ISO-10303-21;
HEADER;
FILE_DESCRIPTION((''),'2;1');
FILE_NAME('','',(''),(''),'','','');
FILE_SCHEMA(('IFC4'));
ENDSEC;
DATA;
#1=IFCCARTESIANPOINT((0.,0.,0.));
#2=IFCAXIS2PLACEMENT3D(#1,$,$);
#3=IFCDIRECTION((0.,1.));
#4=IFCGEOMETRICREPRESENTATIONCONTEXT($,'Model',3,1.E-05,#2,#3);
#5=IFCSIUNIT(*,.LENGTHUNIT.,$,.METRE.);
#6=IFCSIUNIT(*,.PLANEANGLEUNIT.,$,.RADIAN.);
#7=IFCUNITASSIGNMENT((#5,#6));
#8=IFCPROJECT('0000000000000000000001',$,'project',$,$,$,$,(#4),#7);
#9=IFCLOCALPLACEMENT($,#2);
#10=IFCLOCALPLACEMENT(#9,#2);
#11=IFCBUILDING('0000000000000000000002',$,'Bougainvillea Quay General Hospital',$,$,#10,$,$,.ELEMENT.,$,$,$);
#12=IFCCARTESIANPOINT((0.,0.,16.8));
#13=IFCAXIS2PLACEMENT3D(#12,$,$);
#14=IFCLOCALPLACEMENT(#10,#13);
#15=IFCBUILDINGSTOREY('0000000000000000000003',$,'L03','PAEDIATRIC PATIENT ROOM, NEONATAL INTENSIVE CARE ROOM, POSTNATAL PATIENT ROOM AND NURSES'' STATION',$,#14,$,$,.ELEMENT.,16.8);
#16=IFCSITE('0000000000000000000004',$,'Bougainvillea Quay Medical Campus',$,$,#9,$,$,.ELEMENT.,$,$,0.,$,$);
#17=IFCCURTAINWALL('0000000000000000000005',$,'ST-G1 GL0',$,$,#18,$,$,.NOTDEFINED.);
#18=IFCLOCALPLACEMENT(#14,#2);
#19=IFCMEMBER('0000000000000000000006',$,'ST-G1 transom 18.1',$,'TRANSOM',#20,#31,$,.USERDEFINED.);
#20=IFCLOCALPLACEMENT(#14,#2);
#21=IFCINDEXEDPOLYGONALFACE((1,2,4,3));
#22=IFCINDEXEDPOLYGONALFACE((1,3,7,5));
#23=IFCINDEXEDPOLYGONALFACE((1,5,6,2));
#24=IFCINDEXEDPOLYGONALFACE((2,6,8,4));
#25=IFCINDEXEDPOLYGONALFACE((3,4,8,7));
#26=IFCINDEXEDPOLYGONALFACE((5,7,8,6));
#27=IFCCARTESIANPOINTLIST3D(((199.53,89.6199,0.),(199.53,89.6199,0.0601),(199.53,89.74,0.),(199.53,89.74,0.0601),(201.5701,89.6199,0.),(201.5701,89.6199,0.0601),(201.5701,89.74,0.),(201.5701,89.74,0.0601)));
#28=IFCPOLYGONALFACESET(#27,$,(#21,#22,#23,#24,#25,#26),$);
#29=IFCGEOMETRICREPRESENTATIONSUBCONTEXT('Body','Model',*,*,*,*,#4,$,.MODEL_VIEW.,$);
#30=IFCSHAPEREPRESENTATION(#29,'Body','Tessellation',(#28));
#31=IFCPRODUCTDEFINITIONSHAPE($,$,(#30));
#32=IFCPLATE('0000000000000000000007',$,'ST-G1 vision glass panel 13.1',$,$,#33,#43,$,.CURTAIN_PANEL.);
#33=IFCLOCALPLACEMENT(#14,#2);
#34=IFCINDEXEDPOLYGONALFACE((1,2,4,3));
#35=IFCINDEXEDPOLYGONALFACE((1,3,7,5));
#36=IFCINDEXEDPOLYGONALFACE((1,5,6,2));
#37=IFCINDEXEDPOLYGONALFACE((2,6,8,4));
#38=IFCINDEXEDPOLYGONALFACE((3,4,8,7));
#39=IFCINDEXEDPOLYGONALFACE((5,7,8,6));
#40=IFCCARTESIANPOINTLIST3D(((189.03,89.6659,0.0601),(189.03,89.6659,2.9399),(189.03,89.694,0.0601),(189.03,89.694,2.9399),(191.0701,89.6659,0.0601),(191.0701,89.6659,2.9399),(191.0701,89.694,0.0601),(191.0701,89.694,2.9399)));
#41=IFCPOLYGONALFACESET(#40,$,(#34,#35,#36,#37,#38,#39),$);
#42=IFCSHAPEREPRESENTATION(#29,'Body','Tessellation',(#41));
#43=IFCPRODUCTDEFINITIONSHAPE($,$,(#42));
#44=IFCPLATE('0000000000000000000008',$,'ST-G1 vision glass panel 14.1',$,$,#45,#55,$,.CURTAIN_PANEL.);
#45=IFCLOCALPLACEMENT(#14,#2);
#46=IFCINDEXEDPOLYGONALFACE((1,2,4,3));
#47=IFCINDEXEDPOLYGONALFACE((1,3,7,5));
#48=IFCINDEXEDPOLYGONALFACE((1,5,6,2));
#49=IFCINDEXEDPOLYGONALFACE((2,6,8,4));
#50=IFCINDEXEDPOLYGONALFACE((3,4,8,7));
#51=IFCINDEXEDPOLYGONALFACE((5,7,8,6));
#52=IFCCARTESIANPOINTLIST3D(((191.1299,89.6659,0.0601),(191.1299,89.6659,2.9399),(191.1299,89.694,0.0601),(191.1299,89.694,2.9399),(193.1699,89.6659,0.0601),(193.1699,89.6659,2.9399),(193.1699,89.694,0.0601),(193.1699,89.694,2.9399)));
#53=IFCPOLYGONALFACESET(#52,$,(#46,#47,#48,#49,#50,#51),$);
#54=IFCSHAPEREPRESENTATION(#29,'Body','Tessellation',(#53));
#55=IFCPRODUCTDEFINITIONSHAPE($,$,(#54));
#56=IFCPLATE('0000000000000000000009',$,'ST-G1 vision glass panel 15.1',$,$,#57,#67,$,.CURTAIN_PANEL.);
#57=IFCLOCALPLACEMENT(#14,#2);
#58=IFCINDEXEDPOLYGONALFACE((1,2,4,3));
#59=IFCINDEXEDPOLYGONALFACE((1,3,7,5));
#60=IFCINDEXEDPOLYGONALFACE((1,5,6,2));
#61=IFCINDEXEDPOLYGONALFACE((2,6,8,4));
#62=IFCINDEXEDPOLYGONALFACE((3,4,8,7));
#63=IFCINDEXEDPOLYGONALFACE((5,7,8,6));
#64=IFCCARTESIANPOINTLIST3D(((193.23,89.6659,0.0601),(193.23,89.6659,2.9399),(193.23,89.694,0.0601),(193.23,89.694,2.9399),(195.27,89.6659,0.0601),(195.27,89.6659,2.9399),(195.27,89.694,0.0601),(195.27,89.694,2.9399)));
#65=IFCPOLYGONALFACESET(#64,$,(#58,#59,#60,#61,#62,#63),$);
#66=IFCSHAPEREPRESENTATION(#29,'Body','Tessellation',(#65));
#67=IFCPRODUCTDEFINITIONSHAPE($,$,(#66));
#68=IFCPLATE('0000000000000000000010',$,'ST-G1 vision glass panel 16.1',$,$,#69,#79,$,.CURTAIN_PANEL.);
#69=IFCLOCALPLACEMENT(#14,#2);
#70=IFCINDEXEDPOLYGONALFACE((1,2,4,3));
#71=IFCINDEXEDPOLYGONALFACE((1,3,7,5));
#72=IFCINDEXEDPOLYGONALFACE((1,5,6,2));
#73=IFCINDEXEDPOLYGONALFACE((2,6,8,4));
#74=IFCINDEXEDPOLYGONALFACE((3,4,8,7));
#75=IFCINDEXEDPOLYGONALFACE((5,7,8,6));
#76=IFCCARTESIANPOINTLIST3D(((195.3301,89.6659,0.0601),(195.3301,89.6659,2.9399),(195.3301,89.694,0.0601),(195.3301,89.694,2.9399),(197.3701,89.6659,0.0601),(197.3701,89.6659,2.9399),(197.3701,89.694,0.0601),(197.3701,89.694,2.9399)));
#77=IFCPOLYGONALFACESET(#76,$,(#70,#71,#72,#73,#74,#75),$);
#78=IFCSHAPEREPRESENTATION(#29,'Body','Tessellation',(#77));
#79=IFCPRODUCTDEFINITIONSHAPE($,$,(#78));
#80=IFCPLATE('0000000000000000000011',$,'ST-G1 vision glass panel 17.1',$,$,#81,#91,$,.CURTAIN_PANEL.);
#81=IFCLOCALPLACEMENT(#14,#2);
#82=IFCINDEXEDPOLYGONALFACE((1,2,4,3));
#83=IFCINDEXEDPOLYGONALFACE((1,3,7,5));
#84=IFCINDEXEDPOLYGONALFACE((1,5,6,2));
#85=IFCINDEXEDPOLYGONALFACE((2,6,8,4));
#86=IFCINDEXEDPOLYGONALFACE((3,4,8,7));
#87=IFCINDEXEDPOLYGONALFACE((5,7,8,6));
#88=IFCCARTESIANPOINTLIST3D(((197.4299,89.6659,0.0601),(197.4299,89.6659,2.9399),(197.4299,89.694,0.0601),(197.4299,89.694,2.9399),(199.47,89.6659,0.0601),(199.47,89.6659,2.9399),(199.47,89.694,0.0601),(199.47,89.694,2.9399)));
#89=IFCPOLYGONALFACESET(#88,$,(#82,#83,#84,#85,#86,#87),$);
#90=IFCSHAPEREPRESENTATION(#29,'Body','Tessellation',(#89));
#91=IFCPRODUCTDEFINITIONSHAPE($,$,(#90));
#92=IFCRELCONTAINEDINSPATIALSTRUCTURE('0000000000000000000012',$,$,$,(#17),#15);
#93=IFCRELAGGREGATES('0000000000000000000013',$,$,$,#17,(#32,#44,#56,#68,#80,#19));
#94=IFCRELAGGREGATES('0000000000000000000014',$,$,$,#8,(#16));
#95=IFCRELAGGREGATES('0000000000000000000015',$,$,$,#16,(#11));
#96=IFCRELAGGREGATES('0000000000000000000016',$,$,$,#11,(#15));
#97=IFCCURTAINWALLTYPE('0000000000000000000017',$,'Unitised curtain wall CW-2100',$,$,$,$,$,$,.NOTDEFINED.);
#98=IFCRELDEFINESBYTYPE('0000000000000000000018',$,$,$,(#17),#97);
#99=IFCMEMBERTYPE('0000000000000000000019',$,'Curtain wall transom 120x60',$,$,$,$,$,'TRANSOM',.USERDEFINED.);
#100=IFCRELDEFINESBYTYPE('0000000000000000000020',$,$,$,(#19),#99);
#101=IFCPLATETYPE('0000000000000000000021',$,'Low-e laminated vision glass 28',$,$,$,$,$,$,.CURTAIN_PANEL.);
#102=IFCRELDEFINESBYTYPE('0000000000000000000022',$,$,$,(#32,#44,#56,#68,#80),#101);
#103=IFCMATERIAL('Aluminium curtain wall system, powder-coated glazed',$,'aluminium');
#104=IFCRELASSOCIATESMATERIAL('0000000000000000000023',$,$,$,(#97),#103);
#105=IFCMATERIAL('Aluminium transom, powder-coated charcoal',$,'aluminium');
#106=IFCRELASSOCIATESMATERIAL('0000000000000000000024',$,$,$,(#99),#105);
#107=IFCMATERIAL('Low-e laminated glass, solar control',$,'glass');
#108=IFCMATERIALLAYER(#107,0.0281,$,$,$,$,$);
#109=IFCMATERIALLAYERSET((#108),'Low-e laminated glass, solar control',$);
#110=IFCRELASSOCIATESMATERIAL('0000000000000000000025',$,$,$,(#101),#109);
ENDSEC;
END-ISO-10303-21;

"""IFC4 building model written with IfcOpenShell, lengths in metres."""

from ifc_helpers import new_model, si_unit, direction, frame, origin, origin_2d, place, context, subcontext, project, spatial, rectangle, extrude, material, layer, layer_set, material_profile, profile_set, type_object, element, aggregate, save


model = new_model("IFC4")

# Units and contexts
model_context = context("Model", 3, precision=1e-05, world=origin(), true_north=direction((0.0, 1.0)))
body_context = subcontext(model_context, "Body", "Model", "MODEL_VIEW")
ifc_project = project(units=[si_unit("LENGTHUNIT", "METRE"), si_unit("PLANEANGLEUNIT", "RADIAN")], contexts=[model_context])

# Site, building, storey
site_placement = place(None, origin())
site = spatial("IfcSite", under=ifc_project, at=site_placement, Name="Bougainvillea Quay Medical Campus", CompositionType="ELEMENT", RefElevation=0.0)
building_placement = place(site_placement, origin())
building = spatial("IfcBuilding", under=site, at=building_placement, Name="Bougainvillea Quay General Hospital", CompositionType="ELEMENT")
storey_placement = place(building_placement, frame((0.0, 0.0, 16.8)))
storey = spatial("IfcBuildingStorey", under=building, at=storey_placement, Name="L03", Description="PAEDIATRIC PATIENT ROOM, NEONATAL INTENSIVE CARE ROOM, POSTNATAL PATIENT ROOM AND NURSES' STATION", CompositionType="ELEMENT", Elevation=16.8)

# Curtain wall, member, plates
ifc_material_1 = material(Name="Aluminium curtain wall system, powder-coated glazed", Category="aluminium")
curtain_wall_type = type_object("IfcCurtainWallType", Name="Unitised curtain wall CW-2100", PredefinedType="NOTDEFINED", material=ifc_material_1)
curtain_wall_placement = place(storey_placement, origin())
curtain_wall = element("IfcCurtainWall", 1, at=curtain_wall_placement, inside=storey, type_object=curtain_wall_type, Name="ST-G1 GL0", PredefinedType="NOTDEFINED")
ifc_material_2 = material(Name="Aluminium transom, powder-coated charcoal", Category="aluminium")
ifc_material_profile_1 = material_profile(ifc_material_2, rectangle(XDim=0.1201, YDim=0.0601, at=origin_2d()))
ifc_profile_set_1 = profile_set([ifc_material_profile_1], Name="Aluminium transom, powder-coated charcoal")
member_type_1 = type_object("IfcMemberType", Name="Curtain wall transom 120x60", ElementType="TRANSOM", PredefinedType="USERDEFINED", material=ifc_profile_set_1)
member_1_placement = place(storey_placement, frame((199.53, 89.6799, 0.03), z_axis=(1.0, 0.0, 0.0), x_axis=(0.0, 1.0, 0.0)))
member_1 = element("IfcMember", 2, at=member_1_placement, type_object=member_type_1, Name="ST-G1 transom 18.1", ObjectType="TRANSOM", PredefinedType="USERDEFINED", context=body_context, shape_type="SweptSolid", body=[
    extrude(rectangle(XDim=0.1201, YDim=0.0601, at=origin_2d()), origin(), (0.0, 0.0, 1.0), 2.04),
])
ifc_material_3 = material(Name="Low-e laminated glass, solar control", Category="glass")
ifc_layer = layer(ifc_material_3, 0.0281)
ifc_layer_set = layer_set([ifc_layer], Name="Low-e laminated glass, solar control")
plate_type = type_object("IfcPlateType", Name="Low-e laminated vision glass 28", PredefinedType="CURTAIN_PANEL", material=ifc_layer_set)
plate_1_placement = place(storey_placement, frame((190.05, 89.6799, 0.0601), z_axis=(0.0, 0.0, 1.0), x_axis=(1.0, 0.0, 0.0)))
plate_1 = element("IfcPlate", 3, at=plate_1_placement, type_object=plate_type, Name="ST-G1 vision glass panel 13.1", PredefinedType="CURTAIN_PANEL", context=body_context, shape_type="SweptSolid", body=[
    extrude(rectangle(XDim=2.04, YDim=0.0281, at=origin_2d()), origin(), (0.0, 0.0, 1.0), 2.8799),
])
plate_2_placement = place(storey_placement, frame((192.1499, 89.6799, 0.0601), z_axis=(0.0, 0.0, 1.0), x_axis=(1.0, 0.0, 0.0)))
plate_2 = element("IfcPlate", 4, at=plate_2_placement, type_object=plate_type, Name="ST-G1 vision glass panel 14.1", PredefinedType="CURTAIN_PANEL", context=body_context, shape_type="SweptSolid", body=[
    extrude(rectangle(XDim=2.04, YDim=0.0281, at=origin_2d()), origin(), (0.0, 0.0, 1.0), 2.8799),
])
plate_3_placement = place(storey_placement, frame((194.25, 89.6799, 0.0601), z_axis=(0.0, 0.0, 1.0), x_axis=(1.0, 0.0, 0.0)))
plate_3 = element("IfcPlate", 5, at=plate_3_placement, type_object=plate_type, Name="ST-G1 vision glass panel 15.1", PredefinedType="CURTAIN_PANEL", context=body_context, shape_type="SweptSolid", body=[
    extrude(rectangle(XDim=2.04, YDim=0.0281, at=origin_2d()), origin(), (0.0, 0.0, 1.0), 2.8799),
])
plate_4_placement = place(storey_placement, frame((196.3501, 89.6799, 0.0601), z_axis=(0.0, 0.0, 1.0), x_axis=(1.0, 0.0, 0.0)))
plate_4 = element("IfcPlate", 6, at=plate_4_placement, type_object=plate_type, Name="ST-G1 vision glass panel 16.1", PredefinedType="CURTAIN_PANEL", context=body_context, shape_type="SweptSolid", body=[
    extrude(rectangle(XDim=2.04, YDim=0.0281, at=origin_2d()), origin(), (0.0, 0.0, 1.0), 2.8799),
])
plate_5_placement = place(storey_placement, frame((198.45, 89.6799, 0.0601), z_axis=(0.0, 0.0, 1.0), x_axis=(1.0, 0.0, 0.0)))
plate_5 = element("IfcPlate", 7, at=plate_5_placement, type_object=plate_type, Name="ST-G1 vision glass panel 17.1", PredefinedType="CURTAIN_PANEL", context=body_context, shape_type="SweptSolid", body=[
    extrude(rectangle(XDim=2.04, YDim=0.0281, at=origin_2d()), origin(), (0.0, 0.0, 1.0), 2.8799),
])
aggregate(curtain_wall, [plate_1, plate_2, plate_3, plate_4, plate_5, member_1])

save(model, "model.ifc")
